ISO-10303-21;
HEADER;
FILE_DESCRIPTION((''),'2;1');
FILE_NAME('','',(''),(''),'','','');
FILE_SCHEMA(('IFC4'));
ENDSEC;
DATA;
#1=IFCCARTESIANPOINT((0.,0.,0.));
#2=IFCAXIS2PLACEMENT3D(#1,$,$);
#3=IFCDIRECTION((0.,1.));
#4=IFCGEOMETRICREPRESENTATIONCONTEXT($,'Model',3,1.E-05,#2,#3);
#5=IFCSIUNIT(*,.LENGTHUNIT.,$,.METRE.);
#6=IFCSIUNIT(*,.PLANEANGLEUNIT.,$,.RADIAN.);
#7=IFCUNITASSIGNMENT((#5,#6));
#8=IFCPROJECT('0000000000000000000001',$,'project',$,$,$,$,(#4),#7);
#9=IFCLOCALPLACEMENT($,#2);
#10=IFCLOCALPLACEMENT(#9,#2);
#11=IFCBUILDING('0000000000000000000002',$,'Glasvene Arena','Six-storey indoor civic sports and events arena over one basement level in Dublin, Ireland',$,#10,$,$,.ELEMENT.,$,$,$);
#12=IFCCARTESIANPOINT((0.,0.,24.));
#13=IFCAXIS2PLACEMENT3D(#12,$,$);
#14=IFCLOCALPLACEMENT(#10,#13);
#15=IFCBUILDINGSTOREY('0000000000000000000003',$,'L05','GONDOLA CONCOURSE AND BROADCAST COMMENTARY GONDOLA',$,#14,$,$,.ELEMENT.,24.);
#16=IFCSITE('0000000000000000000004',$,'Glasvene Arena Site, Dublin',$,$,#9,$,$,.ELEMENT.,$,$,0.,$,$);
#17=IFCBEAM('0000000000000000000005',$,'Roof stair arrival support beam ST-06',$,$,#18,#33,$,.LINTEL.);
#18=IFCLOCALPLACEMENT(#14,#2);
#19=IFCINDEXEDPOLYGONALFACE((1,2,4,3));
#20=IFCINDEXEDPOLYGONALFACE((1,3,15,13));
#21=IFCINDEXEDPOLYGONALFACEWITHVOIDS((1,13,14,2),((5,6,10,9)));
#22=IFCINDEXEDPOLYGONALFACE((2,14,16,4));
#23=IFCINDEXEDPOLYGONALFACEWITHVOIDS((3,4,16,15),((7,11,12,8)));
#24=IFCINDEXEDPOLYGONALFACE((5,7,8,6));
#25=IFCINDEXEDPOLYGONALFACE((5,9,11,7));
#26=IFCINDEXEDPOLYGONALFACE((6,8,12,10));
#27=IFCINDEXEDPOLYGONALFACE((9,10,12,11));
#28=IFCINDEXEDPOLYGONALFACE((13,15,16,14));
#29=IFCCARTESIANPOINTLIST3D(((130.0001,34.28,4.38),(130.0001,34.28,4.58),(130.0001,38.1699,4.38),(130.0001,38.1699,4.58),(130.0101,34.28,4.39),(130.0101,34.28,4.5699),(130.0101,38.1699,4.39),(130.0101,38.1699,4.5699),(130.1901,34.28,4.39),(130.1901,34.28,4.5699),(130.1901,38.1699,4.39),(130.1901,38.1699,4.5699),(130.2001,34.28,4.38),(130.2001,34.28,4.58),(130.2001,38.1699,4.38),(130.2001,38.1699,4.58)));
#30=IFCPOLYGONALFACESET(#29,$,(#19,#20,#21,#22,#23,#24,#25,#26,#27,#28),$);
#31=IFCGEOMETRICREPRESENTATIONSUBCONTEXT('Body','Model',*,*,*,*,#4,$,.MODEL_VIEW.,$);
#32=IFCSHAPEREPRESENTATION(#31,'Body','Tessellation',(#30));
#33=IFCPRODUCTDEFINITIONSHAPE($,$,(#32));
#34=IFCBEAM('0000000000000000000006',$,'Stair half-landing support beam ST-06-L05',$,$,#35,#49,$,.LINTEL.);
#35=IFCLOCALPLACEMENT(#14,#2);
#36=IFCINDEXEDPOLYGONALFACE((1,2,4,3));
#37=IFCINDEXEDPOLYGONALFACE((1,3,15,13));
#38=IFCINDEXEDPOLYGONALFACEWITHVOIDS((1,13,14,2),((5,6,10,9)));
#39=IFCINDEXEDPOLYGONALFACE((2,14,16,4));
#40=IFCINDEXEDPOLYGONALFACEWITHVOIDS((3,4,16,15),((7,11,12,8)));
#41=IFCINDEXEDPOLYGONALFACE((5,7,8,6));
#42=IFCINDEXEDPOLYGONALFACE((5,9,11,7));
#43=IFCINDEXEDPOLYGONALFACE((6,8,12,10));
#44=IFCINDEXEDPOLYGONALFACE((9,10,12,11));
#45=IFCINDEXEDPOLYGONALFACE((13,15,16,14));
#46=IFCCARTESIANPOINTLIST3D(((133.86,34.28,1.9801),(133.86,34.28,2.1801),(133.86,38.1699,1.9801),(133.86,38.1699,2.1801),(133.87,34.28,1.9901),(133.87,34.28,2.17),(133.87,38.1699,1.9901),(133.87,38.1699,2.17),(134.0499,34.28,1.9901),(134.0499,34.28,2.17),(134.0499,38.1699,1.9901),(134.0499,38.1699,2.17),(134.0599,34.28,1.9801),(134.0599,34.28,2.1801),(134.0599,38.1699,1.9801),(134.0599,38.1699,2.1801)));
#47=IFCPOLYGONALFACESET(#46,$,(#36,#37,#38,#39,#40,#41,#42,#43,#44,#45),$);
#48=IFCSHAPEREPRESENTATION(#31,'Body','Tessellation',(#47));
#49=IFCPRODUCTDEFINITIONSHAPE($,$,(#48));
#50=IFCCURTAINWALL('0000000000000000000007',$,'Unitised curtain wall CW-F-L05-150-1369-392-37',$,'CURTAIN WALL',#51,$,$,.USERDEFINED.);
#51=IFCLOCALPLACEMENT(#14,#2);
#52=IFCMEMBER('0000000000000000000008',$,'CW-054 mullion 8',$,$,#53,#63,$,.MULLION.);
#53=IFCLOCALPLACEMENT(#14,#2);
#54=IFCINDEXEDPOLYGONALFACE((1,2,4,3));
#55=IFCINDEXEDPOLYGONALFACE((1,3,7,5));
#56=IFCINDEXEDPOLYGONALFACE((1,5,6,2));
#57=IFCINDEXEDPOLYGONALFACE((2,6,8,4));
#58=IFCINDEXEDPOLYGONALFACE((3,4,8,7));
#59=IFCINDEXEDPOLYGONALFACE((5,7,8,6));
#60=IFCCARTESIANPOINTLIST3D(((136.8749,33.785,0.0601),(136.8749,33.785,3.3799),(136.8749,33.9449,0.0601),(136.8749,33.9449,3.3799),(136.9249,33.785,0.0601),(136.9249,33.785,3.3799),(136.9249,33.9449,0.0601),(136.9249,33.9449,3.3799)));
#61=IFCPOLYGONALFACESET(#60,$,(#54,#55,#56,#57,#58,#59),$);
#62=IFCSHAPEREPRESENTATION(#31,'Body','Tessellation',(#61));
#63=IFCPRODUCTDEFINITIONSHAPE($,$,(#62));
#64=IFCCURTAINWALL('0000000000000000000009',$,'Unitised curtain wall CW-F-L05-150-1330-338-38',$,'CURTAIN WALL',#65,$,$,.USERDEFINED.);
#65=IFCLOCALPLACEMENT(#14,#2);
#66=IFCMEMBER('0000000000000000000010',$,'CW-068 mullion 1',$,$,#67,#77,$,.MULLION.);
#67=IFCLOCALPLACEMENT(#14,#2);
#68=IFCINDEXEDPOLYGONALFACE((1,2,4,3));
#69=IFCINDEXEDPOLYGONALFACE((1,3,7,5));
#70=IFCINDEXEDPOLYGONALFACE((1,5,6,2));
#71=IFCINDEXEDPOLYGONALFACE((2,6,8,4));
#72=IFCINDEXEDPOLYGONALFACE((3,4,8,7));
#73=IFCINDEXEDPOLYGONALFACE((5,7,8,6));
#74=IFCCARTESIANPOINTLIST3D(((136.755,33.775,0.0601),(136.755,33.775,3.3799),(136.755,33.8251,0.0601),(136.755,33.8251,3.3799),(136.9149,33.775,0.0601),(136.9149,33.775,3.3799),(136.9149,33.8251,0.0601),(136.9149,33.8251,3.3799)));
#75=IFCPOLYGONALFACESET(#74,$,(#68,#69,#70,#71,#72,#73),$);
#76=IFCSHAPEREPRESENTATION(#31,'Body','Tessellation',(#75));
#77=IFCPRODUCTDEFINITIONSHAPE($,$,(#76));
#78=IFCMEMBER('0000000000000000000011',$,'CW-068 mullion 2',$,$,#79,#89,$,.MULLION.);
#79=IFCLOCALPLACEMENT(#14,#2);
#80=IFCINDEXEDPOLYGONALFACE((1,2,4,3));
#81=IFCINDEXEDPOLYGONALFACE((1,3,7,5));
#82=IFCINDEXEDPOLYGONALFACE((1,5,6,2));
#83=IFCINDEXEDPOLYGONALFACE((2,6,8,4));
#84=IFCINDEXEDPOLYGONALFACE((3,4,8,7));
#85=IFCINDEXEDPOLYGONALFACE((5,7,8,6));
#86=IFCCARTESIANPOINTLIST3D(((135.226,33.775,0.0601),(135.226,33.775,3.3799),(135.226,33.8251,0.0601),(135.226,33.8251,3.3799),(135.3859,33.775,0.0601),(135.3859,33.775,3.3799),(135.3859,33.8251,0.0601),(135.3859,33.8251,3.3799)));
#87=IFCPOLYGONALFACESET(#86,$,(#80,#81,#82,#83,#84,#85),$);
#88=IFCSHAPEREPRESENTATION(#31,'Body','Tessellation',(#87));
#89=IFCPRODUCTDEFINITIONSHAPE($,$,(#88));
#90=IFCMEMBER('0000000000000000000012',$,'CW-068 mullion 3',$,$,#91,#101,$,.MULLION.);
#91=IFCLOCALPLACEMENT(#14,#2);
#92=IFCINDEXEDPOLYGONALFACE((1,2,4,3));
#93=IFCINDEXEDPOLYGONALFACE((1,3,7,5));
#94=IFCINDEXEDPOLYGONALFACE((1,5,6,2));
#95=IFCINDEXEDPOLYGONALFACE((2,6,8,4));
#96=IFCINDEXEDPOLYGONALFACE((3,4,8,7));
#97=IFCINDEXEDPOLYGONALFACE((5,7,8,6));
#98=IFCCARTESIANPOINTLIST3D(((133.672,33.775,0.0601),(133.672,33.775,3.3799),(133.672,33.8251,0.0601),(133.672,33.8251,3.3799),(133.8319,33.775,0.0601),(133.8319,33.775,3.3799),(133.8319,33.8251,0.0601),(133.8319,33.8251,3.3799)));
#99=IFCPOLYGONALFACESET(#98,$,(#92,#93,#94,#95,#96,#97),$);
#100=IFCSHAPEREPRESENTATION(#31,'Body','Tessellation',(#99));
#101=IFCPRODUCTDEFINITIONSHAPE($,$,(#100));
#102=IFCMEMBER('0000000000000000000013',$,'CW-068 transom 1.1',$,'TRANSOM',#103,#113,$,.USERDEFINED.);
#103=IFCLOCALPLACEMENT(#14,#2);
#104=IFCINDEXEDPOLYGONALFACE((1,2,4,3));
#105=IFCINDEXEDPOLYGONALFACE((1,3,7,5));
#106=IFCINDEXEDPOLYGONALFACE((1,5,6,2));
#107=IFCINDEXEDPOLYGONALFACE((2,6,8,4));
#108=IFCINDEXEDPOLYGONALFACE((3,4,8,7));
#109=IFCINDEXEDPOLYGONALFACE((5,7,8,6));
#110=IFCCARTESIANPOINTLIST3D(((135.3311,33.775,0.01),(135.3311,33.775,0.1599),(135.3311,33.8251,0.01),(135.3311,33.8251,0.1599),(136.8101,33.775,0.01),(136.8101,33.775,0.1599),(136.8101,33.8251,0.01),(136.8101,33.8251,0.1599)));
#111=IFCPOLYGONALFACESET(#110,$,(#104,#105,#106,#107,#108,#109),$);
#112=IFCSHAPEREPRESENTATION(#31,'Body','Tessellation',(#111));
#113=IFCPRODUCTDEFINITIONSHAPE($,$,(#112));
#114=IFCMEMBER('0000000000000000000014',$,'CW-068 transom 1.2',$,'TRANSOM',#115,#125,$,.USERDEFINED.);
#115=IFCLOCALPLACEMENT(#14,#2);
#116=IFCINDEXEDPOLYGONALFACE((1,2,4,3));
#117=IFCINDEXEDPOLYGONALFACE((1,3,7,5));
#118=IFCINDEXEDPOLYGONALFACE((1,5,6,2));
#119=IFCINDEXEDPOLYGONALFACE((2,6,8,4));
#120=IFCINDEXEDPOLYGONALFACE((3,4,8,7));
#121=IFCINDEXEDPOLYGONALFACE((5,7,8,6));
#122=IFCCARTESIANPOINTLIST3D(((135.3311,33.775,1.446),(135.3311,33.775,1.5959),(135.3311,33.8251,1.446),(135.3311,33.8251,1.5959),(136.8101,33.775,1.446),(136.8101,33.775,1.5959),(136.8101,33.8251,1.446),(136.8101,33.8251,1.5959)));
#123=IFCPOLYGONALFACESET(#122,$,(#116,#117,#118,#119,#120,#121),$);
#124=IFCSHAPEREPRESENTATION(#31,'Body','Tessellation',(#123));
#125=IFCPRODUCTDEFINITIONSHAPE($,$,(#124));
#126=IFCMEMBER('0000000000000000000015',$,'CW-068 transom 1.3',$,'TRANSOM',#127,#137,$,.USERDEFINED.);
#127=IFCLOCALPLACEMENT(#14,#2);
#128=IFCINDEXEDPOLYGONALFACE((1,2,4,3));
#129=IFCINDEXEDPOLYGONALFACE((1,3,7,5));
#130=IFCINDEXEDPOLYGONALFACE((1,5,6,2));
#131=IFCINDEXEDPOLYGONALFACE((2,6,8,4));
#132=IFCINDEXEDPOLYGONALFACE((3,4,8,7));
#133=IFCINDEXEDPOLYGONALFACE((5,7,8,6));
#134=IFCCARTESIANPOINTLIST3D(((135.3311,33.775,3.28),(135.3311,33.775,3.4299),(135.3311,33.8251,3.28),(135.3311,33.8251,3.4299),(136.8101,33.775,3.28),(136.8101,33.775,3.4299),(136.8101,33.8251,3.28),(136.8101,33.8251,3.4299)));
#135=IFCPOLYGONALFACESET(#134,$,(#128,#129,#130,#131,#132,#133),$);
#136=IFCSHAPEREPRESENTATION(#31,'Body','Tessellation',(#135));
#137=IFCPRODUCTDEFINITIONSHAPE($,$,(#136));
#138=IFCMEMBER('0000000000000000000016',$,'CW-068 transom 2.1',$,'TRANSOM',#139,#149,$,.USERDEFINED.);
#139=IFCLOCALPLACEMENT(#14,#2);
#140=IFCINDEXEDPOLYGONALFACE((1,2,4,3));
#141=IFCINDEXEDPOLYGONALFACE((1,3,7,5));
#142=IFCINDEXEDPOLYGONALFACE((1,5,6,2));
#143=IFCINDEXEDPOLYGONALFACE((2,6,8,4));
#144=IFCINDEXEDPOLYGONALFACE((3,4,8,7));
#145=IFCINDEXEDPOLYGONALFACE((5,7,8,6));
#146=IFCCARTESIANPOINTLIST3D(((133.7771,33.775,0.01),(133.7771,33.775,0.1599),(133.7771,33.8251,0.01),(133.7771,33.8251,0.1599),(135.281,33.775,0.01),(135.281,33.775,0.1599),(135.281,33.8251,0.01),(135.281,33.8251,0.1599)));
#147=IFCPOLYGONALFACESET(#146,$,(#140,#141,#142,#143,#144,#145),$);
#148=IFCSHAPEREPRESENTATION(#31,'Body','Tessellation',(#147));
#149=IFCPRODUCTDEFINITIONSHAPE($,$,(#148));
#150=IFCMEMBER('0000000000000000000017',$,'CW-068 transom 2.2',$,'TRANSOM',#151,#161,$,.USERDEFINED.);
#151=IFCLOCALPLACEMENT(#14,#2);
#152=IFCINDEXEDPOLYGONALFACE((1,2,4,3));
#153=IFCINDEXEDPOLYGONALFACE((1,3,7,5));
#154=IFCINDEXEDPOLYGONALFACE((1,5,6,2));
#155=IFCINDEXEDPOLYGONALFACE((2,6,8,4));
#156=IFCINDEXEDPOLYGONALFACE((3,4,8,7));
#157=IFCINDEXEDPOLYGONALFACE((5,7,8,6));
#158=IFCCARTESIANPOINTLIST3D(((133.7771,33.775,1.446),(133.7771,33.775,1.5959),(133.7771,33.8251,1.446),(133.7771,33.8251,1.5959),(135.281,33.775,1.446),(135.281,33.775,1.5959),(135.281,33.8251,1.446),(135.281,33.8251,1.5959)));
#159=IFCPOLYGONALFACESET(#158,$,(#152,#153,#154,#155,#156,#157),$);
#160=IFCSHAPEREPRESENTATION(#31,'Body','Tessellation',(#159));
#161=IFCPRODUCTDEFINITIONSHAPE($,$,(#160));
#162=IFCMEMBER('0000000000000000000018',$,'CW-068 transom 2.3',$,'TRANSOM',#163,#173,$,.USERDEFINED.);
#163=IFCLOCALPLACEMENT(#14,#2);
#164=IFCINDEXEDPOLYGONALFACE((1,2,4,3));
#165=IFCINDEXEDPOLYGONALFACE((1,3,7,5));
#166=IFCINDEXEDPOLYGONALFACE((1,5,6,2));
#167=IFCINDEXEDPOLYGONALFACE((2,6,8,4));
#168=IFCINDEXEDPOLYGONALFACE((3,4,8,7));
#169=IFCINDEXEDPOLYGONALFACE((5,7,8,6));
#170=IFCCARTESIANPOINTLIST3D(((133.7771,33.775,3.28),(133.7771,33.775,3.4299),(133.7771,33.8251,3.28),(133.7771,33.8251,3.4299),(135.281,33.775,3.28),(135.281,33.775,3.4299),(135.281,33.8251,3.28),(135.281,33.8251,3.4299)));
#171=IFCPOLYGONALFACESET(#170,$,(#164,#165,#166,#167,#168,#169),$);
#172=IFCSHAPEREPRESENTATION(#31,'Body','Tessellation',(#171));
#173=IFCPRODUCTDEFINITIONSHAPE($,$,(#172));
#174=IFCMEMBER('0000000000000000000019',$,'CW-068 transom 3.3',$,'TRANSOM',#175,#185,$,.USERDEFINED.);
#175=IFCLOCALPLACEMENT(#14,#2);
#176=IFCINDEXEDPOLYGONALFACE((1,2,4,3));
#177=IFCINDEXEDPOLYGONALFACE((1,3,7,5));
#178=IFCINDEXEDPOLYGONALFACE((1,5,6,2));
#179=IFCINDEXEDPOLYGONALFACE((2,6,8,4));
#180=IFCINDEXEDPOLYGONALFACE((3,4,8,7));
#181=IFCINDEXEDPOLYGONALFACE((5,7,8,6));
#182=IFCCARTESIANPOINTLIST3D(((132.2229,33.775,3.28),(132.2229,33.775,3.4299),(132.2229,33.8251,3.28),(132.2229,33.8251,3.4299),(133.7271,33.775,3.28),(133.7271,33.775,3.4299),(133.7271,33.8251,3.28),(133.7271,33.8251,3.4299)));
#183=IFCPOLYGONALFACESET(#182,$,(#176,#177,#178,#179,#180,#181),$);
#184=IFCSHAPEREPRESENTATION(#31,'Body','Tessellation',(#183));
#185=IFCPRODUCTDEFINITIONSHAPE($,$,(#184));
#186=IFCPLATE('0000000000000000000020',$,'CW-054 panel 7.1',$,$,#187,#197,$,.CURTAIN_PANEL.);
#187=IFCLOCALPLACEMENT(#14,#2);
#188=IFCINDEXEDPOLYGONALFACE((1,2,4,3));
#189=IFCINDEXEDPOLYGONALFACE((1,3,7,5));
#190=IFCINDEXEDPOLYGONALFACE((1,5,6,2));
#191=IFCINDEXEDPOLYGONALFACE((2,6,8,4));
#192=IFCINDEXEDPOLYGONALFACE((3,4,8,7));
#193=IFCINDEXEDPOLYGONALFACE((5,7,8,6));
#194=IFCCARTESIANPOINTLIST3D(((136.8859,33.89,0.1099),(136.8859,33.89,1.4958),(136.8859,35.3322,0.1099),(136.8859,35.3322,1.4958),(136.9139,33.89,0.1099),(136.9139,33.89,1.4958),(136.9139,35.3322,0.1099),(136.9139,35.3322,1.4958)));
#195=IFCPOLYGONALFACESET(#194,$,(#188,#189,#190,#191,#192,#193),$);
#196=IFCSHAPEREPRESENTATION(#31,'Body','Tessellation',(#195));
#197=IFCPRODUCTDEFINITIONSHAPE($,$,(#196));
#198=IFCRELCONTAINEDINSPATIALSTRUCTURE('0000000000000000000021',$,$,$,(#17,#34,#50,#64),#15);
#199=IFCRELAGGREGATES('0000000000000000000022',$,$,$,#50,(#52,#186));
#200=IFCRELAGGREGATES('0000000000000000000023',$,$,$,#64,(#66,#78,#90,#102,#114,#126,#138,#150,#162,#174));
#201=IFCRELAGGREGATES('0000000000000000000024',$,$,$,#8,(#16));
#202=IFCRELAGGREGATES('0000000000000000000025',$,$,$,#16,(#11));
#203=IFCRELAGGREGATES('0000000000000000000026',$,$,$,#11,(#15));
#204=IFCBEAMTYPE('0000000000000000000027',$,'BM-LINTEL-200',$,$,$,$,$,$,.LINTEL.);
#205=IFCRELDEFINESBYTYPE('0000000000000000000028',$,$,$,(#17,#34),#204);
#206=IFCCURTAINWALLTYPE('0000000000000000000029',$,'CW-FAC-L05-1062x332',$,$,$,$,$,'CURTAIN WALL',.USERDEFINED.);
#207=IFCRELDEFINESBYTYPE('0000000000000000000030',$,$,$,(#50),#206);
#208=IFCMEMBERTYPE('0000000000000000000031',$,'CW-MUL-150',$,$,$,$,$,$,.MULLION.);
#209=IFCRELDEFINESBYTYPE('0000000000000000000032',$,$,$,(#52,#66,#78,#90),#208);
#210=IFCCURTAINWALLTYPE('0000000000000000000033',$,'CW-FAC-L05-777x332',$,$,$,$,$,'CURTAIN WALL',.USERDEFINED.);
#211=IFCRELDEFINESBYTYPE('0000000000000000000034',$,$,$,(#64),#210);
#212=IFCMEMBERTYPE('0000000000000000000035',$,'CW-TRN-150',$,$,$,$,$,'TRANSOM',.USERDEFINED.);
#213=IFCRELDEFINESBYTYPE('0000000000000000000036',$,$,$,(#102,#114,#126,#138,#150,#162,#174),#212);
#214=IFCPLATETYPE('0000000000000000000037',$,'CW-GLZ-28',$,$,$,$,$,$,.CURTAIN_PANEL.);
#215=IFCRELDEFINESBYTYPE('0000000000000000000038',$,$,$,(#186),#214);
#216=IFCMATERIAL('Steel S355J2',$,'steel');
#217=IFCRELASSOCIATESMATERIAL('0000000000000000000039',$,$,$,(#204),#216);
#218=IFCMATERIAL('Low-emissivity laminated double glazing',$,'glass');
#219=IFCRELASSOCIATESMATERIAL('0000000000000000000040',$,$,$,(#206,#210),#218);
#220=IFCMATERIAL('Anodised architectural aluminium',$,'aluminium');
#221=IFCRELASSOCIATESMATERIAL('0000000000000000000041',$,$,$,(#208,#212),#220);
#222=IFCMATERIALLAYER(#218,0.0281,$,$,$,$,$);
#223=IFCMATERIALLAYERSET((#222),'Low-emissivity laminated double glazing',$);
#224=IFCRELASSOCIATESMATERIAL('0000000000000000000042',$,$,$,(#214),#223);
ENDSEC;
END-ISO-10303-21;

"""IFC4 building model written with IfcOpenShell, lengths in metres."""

from ifc_helpers import new_model, si_unit, direction, frame, origin, origin_2d, place, context, subcontext, project, spatial, rectangle, hollow_rectangle, extrude, material, layer, layer_set, material_profile, profile_set, type_object, element, aggregate, save


model = new_model("IFC4")

# Units and contexts
model_context = context("Model", 3, precision=1e-05, world=origin(), true_north=direction((0.0, 1.0)))
body_context = subcontext(model_context, "Body", "Model", "MODEL_VIEW")
ifc_project = project(units=[si_unit("LENGTHUNIT", "METRE"), si_unit("PLANEANGLEUNIT", "RADIAN")], contexts=[model_context])

# Site, building, storey
site_placement = place(None, origin())
site = spatial("IfcSite", under=ifc_project, at=site_placement, Name="Glasvene Arena Site, Dublin", CompositionType="ELEMENT", RefElevation=0.0)
building_placement = place(site_placement, origin())
building = spatial("IfcBuilding", under=site, at=building_placement, Name="Glasvene Arena", Description="Six-storey indoor civic sports and events arena over one basement level in Dublin, Ireland", CompositionType="ELEMENT")
storey_placement = place(building_placement, frame((0.0, 0.0, 24.0)))
storey = spatial("IfcBuildingStorey", under=building, at=storey_placement, Name="L05", Description="GONDOLA CONCOURSE AND BROADCAST COMMENTARY GONDOLA", CompositionType="ELEMENT", Elevation=24.0)

# Beams
ifc_material_1 = material(Name="Steel S355J2", Category="steel")
ifc_material_profile_1 = material_profile(ifc_material_1, hollow_rectangle(XDim=0.2, YDim=0.2, WallThickness=0.01, at=origin_2d()), Name="SHS 200x200x10.0")
ifc_profile_set_1 = profile_set([ifc_material_profile_1], Name="Steel S355J2")
beam_type = type_object("IfcBeamType", Name="BM-LINTEL-200", PredefinedType="LINTEL", material=ifc_profile_set_1)
for number, where, z_axis, x_axis, name in (
    (1, (130.1001, 34.28, 4.48), (0.0, 1.0, 0.0), (-1.0, 0.0, 0.0), "Roof stair arrival support beam ST-06"),
    (2, (133.96, 34.28, 2.0801), (0.0, 1.0, 0.0), (-1.0, 0.0, 0.0), "Stair half-landing support beam ST-06-L05"),
):
    element("IfcBeam", number, at=place(storey_placement, frame(where, z_axis=z_axis, x_axis=x_axis)), inside=storey, type_object=beam_type, Name=name, PredefinedType="LINTEL", context=body_context, shape_type="SweptSolid", body=[
        extrude(hollow_rectangle(XDim=0.2, YDim=0.2, WallThickness=0.01, at=origin_2d()), origin(), (0.0, 0.0, 1.0), 3.8899),
    ])

# Curtain wall, member
ifc_material_2 = material(Name="Low-emissivity laminated double glazing", Category="glass")
curtain_wall_type_1 = type_object("IfcCurtainWallType", Name="CW-FAC-L05-1062x332", ElementType="CURTAIN WALL", PredefinedType="USERDEFINED", material=ifc_material_2)
curtain_wall_1_placement = place(storey_placement, frame((136.8999, 44.46, 0.0)))
curtain_wall_1 = element("IfcCurtainWall", 3, at=curtain_wall_1_placement, inside=storey, type_object=curtain_wall_type_1, Name="Unitised curtain wall CW-F-L05-150-1369-392-37", ObjectType="CURTAIN WALL", PredefinedType="USERDEFINED")
ifc_material_3 = material(Name="Anodised architectural aluminium", Category="aluminium")
ifc_material_profile_2 = material_profile(ifc_material_3, rectangle(XDim=0.05, YDim=0.1599, at=origin_2d()), Name="ALU MULLION 50x160")
ifc_profile_set_2 = profile_set([ifc_material_profile_2], Name="Anodised architectural aluminium")
member_type_1 = type_object("IfcMemberType", Name="CW-MUL-150", PredefinedType="MULLION", material=ifc_profile_set_2)
member_1_placement = place(storey_placement, frame((136.8999, 33.865, 0.0601), z_axis=(0.0, 0.0, 1.0), x_axis=(1.0, 0.0, 0.0)))
member_1 = element("IfcMember", 4, at=member_1_placement, type_object=member_type_1, Name="CW-054 mullion 8", PredefinedType="MULLION", context=body_context, shape_type="SweptSolid", body=[
    extrude(rectangle(XDim=0.05, YDim=0.1599, at=origin_2d()), origin(), (0.0, 0.0, 1.0), 3.3198),
])

# Curtain wall, members
curtain_wall_type_2 = type_object("IfcCurtainWallType", Name="CW-FAC-L05-777x332", ElementType="CURTAIN WALL", PredefinedType="USERDEFINED", material=ifc_material_2)
curtain_wall_2_placement = place(storey_placement, frame((136.8601, 33.8, 0.0)))
curtain_wall_2 = element("IfcCurtainWall", 5, at=curtain_wall_2_placement, inside=storey, type_object=curtain_wall_type_2, Name="Unitised curtain wall CW-F-L05-150-1330-338-38", ObjectType="CURTAIN WALL", PredefinedType="USERDEFINED")
member_2_placement = place(storey_placement, frame((136.835, 33.8, 0.0601), z_axis=(0.0, 0.0, 1.0), x_axis=(0.0, -1.0, 0.0)))
member_2 = element("IfcMember", 6, at=member_2_placement, type_object=member_type_1, Name="CW-068 mullion 1", PredefinedType="MULLION", context=body_context, shape_type="SweptSolid", body=[
    extrude(rectangle(XDim=0.05, YDim=0.1599, at=origin_2d()), origin(), (0.0, 0.0, 1.0), 3.3198),
])
member_3_placement = place(storey_placement, frame((135.3059, 33.8, 0.0601), z_axis=(0.0, 0.0, 1.0), x_axis=(0.0, -1.0, 0.0)))
member_3 = element("IfcMember", 7, at=member_3_placement, type_object=member_type_1, Name="CW-068 mullion 2", PredefinedType="MULLION", context=body_context, shape_type="SweptSolid", body=[
    extrude(rectangle(XDim=0.05, YDim=0.1599, at=origin_2d()), origin(), (0.0, 0.0, 1.0), 3.3198),
])
member_4_placement = place(storey_placement, frame((133.752, 33.8, 0.0601), z_axis=(0.0, 0.0, 1.0), x_axis=(0.0, -1.0, 0.0)))
member_4 = element("IfcMember", 8, at=member_4_placement, type_object=member_type_1, Name="CW-068 mullion 3", PredefinedType="MULLION", context=body_context, shape_type="SweptSolid", body=[
    extrude(rectangle(XDim=0.05, YDim=0.1599, at=origin_2d()), origin(), (0.0, 0.0, 1.0), 3.3198),
])
ifc_material_profile_3 = material_profile(ifc_material_3, rectangle(XDim=0.05, YDim=0.1499, at=origin_2d()), Name="ALU TRANSOM 50x150")
ifc_profile_set_3 = profile_set([ifc_material_profile_3], Name="Anodised architectural aluminium")
member_type_2 = type_object("IfcMemberType", Name="CW-TRN-150", ElementType="TRANSOM", PredefinedType="USERDEFINED", material=ifc_profile_set_3)
member_5_placement = place(storey_placement, frame((136.8101, 33.8, 0.085), z_axis=(-1.0, 0.0, 0.0), x_axis=(0.0, -1.0, 0.0)))
member_5 = element("IfcMember", 9, at=member_5_placement, type_object=member_type_2, Name="CW-068 transom 1.1", ObjectType="TRANSOM", PredefinedType="USERDEFINED", context=body_context, shape_type="SweptSolid", body=[
    extrude(rectangle(XDim=0.05, YDim=0.1499, at=origin_2d()), origin(), (0.0, 0.0, 1.0), 1.479),
])
member_6_placement = place(storey_placement, frame((136.8101, 33.8, 1.521), z_axis=(-1.0, 0.0, 0.0), x_axis=(0.0, -1.0, 0.0)))
member_6 = element("IfcMember", 10, at=member_6_placement, type_object=member_type_2, Name="CW-068 transom 1.2", ObjectType="TRANSOM", PredefinedType="USERDEFINED", context=body_context, shape_type="SweptSolid", body=[
    extrude(rectangle(XDim=0.05, YDim=0.1499, at=origin_2d()), origin(), (0.0, 0.0, 1.0), 1.479),
])
member_7_placement = place(storey_placement, frame((136.8101, 33.8, 3.355), z_axis=(-1.0, 0.0, 0.0), x_axis=(0.0, -1.0, 0.0)))
member_7 = element("IfcMember", 11, at=member_7_placement, type_object=member_type_2, Name="CW-068 transom 1.3", ObjectType="TRANSOM", PredefinedType="USERDEFINED", context=body_context, shape_type="SweptSolid", body=[
    extrude(rectangle(XDim=0.05, YDim=0.1499, at=origin_2d()), origin(), (0.0, 0.0, 1.0), 1.479),
])
member_8_placement = place(storey_placement, frame((135.281, 33.8, 0.085), z_axis=(-1.0, 0.0, 0.0), x_axis=(0.0, -1.0, 0.0)))
member_8 = element("IfcMember", 12, at=member_8_placement, type_object=member_type_2, Name="CW-068 transom 2.1", ObjectType="TRANSOM", PredefinedType="USERDEFINED", context=body_context, shape_type="SweptSolid", body=[
    extrude(rectangle(XDim=0.05, YDim=0.1499, at=origin_2d()), origin(), (0.0, 0.0, 1.0), 1.5039),
])
member_9_placement = place(storey_placement, frame((135.281, 33.8, 1.521), z_axis=(-1.0, 0.0, 0.0), x_axis=(0.0, -1.0, 0.0)))
member_9 = element("IfcMember", 13, at=member_9_placement, type_object=member_type_2, Name="CW-068 transom 2.2", ObjectType="TRANSOM", PredefinedType="USERDEFINED", context=body_context, shape_type="SweptSolid", body=[
    extrude(rectangle(XDim=0.05, YDim=0.1499, at=origin_2d()), origin(), (0.0, 0.0, 1.0), 1.5039),
])
member_10_placement = place(storey_placement, frame((135.281, 33.8, 3.355), z_axis=(-1.0, 0.0, 0.0), x_axis=(0.0, -1.0, 0.0)))
member_10 = element("IfcMember", 14, at=member_10_placement, type_object=member_type_2, Name="CW-068 transom 2.3", ObjectType="TRANSOM", PredefinedType="USERDEFINED", context=body_context, shape_type="SweptSolid", body=[
    extrude(rectangle(XDim=0.05, YDim=0.1499, at=origin_2d()), origin(), (0.0, 0.0, 1.0), 1.5039),
])
member_11_placement = place(storey_placement, frame((133.7271, 33.8, 3.355), z_axis=(-1.0, 0.0, 0.0), x_axis=(0.0, -1.0, 0.0)))
member_11 = element("IfcMember", 15, at=member_11_placement, type_object=member_type_2, Name="CW-068 transom 3.3", ObjectType="TRANSOM", PredefinedType="USERDEFINED", context=body_context, shape_type="SweptSolid", body=[
    extrude(rectangle(XDim=0.05, YDim=0.1499, at=origin_2d()), origin(), (0.0, 0.0, 1.0), 1.5042),
])

# Plate
ifc_layer_1 = layer(ifc_material_2, 0.0281)
ifc_layer_set_1 = layer_set([ifc_layer_1], Name="Low-emissivity laminated double glazing")
plate_type = type_object("IfcPlateType", Name="CW-GLZ-28", PredefinedType="CURTAIN_PANEL", material=ifc_layer_set_1)
plate_1_placement = place(storey_placement, frame((136.8999, 34.6111, 0.1099), z_axis=(0.0, 0.0, 1.0), x_axis=(0.0, -1.0, 0.0)))
plate_1 = element("IfcPlate", 16, at=plate_1_placement, type_object=plate_type, Name="CW-054 panel 7.1", PredefinedType="CURTAIN_PANEL", context=body_context, shape_type="SweptSolid", body=[
    extrude(rectangle(XDim=1.4421, YDim=0.0281, at=origin_2d()), origin(), (0.0, 0.0, 1.0), 1.386),
])
aggregate(curtain_wall_1, [member_1, plate_1])
aggregate(curtain_wall_2, [member_2, member_3, member_4, member_5, member_6, member_7, member_8, member_9, member_10, member_11])

save(model, "model.ifc")
